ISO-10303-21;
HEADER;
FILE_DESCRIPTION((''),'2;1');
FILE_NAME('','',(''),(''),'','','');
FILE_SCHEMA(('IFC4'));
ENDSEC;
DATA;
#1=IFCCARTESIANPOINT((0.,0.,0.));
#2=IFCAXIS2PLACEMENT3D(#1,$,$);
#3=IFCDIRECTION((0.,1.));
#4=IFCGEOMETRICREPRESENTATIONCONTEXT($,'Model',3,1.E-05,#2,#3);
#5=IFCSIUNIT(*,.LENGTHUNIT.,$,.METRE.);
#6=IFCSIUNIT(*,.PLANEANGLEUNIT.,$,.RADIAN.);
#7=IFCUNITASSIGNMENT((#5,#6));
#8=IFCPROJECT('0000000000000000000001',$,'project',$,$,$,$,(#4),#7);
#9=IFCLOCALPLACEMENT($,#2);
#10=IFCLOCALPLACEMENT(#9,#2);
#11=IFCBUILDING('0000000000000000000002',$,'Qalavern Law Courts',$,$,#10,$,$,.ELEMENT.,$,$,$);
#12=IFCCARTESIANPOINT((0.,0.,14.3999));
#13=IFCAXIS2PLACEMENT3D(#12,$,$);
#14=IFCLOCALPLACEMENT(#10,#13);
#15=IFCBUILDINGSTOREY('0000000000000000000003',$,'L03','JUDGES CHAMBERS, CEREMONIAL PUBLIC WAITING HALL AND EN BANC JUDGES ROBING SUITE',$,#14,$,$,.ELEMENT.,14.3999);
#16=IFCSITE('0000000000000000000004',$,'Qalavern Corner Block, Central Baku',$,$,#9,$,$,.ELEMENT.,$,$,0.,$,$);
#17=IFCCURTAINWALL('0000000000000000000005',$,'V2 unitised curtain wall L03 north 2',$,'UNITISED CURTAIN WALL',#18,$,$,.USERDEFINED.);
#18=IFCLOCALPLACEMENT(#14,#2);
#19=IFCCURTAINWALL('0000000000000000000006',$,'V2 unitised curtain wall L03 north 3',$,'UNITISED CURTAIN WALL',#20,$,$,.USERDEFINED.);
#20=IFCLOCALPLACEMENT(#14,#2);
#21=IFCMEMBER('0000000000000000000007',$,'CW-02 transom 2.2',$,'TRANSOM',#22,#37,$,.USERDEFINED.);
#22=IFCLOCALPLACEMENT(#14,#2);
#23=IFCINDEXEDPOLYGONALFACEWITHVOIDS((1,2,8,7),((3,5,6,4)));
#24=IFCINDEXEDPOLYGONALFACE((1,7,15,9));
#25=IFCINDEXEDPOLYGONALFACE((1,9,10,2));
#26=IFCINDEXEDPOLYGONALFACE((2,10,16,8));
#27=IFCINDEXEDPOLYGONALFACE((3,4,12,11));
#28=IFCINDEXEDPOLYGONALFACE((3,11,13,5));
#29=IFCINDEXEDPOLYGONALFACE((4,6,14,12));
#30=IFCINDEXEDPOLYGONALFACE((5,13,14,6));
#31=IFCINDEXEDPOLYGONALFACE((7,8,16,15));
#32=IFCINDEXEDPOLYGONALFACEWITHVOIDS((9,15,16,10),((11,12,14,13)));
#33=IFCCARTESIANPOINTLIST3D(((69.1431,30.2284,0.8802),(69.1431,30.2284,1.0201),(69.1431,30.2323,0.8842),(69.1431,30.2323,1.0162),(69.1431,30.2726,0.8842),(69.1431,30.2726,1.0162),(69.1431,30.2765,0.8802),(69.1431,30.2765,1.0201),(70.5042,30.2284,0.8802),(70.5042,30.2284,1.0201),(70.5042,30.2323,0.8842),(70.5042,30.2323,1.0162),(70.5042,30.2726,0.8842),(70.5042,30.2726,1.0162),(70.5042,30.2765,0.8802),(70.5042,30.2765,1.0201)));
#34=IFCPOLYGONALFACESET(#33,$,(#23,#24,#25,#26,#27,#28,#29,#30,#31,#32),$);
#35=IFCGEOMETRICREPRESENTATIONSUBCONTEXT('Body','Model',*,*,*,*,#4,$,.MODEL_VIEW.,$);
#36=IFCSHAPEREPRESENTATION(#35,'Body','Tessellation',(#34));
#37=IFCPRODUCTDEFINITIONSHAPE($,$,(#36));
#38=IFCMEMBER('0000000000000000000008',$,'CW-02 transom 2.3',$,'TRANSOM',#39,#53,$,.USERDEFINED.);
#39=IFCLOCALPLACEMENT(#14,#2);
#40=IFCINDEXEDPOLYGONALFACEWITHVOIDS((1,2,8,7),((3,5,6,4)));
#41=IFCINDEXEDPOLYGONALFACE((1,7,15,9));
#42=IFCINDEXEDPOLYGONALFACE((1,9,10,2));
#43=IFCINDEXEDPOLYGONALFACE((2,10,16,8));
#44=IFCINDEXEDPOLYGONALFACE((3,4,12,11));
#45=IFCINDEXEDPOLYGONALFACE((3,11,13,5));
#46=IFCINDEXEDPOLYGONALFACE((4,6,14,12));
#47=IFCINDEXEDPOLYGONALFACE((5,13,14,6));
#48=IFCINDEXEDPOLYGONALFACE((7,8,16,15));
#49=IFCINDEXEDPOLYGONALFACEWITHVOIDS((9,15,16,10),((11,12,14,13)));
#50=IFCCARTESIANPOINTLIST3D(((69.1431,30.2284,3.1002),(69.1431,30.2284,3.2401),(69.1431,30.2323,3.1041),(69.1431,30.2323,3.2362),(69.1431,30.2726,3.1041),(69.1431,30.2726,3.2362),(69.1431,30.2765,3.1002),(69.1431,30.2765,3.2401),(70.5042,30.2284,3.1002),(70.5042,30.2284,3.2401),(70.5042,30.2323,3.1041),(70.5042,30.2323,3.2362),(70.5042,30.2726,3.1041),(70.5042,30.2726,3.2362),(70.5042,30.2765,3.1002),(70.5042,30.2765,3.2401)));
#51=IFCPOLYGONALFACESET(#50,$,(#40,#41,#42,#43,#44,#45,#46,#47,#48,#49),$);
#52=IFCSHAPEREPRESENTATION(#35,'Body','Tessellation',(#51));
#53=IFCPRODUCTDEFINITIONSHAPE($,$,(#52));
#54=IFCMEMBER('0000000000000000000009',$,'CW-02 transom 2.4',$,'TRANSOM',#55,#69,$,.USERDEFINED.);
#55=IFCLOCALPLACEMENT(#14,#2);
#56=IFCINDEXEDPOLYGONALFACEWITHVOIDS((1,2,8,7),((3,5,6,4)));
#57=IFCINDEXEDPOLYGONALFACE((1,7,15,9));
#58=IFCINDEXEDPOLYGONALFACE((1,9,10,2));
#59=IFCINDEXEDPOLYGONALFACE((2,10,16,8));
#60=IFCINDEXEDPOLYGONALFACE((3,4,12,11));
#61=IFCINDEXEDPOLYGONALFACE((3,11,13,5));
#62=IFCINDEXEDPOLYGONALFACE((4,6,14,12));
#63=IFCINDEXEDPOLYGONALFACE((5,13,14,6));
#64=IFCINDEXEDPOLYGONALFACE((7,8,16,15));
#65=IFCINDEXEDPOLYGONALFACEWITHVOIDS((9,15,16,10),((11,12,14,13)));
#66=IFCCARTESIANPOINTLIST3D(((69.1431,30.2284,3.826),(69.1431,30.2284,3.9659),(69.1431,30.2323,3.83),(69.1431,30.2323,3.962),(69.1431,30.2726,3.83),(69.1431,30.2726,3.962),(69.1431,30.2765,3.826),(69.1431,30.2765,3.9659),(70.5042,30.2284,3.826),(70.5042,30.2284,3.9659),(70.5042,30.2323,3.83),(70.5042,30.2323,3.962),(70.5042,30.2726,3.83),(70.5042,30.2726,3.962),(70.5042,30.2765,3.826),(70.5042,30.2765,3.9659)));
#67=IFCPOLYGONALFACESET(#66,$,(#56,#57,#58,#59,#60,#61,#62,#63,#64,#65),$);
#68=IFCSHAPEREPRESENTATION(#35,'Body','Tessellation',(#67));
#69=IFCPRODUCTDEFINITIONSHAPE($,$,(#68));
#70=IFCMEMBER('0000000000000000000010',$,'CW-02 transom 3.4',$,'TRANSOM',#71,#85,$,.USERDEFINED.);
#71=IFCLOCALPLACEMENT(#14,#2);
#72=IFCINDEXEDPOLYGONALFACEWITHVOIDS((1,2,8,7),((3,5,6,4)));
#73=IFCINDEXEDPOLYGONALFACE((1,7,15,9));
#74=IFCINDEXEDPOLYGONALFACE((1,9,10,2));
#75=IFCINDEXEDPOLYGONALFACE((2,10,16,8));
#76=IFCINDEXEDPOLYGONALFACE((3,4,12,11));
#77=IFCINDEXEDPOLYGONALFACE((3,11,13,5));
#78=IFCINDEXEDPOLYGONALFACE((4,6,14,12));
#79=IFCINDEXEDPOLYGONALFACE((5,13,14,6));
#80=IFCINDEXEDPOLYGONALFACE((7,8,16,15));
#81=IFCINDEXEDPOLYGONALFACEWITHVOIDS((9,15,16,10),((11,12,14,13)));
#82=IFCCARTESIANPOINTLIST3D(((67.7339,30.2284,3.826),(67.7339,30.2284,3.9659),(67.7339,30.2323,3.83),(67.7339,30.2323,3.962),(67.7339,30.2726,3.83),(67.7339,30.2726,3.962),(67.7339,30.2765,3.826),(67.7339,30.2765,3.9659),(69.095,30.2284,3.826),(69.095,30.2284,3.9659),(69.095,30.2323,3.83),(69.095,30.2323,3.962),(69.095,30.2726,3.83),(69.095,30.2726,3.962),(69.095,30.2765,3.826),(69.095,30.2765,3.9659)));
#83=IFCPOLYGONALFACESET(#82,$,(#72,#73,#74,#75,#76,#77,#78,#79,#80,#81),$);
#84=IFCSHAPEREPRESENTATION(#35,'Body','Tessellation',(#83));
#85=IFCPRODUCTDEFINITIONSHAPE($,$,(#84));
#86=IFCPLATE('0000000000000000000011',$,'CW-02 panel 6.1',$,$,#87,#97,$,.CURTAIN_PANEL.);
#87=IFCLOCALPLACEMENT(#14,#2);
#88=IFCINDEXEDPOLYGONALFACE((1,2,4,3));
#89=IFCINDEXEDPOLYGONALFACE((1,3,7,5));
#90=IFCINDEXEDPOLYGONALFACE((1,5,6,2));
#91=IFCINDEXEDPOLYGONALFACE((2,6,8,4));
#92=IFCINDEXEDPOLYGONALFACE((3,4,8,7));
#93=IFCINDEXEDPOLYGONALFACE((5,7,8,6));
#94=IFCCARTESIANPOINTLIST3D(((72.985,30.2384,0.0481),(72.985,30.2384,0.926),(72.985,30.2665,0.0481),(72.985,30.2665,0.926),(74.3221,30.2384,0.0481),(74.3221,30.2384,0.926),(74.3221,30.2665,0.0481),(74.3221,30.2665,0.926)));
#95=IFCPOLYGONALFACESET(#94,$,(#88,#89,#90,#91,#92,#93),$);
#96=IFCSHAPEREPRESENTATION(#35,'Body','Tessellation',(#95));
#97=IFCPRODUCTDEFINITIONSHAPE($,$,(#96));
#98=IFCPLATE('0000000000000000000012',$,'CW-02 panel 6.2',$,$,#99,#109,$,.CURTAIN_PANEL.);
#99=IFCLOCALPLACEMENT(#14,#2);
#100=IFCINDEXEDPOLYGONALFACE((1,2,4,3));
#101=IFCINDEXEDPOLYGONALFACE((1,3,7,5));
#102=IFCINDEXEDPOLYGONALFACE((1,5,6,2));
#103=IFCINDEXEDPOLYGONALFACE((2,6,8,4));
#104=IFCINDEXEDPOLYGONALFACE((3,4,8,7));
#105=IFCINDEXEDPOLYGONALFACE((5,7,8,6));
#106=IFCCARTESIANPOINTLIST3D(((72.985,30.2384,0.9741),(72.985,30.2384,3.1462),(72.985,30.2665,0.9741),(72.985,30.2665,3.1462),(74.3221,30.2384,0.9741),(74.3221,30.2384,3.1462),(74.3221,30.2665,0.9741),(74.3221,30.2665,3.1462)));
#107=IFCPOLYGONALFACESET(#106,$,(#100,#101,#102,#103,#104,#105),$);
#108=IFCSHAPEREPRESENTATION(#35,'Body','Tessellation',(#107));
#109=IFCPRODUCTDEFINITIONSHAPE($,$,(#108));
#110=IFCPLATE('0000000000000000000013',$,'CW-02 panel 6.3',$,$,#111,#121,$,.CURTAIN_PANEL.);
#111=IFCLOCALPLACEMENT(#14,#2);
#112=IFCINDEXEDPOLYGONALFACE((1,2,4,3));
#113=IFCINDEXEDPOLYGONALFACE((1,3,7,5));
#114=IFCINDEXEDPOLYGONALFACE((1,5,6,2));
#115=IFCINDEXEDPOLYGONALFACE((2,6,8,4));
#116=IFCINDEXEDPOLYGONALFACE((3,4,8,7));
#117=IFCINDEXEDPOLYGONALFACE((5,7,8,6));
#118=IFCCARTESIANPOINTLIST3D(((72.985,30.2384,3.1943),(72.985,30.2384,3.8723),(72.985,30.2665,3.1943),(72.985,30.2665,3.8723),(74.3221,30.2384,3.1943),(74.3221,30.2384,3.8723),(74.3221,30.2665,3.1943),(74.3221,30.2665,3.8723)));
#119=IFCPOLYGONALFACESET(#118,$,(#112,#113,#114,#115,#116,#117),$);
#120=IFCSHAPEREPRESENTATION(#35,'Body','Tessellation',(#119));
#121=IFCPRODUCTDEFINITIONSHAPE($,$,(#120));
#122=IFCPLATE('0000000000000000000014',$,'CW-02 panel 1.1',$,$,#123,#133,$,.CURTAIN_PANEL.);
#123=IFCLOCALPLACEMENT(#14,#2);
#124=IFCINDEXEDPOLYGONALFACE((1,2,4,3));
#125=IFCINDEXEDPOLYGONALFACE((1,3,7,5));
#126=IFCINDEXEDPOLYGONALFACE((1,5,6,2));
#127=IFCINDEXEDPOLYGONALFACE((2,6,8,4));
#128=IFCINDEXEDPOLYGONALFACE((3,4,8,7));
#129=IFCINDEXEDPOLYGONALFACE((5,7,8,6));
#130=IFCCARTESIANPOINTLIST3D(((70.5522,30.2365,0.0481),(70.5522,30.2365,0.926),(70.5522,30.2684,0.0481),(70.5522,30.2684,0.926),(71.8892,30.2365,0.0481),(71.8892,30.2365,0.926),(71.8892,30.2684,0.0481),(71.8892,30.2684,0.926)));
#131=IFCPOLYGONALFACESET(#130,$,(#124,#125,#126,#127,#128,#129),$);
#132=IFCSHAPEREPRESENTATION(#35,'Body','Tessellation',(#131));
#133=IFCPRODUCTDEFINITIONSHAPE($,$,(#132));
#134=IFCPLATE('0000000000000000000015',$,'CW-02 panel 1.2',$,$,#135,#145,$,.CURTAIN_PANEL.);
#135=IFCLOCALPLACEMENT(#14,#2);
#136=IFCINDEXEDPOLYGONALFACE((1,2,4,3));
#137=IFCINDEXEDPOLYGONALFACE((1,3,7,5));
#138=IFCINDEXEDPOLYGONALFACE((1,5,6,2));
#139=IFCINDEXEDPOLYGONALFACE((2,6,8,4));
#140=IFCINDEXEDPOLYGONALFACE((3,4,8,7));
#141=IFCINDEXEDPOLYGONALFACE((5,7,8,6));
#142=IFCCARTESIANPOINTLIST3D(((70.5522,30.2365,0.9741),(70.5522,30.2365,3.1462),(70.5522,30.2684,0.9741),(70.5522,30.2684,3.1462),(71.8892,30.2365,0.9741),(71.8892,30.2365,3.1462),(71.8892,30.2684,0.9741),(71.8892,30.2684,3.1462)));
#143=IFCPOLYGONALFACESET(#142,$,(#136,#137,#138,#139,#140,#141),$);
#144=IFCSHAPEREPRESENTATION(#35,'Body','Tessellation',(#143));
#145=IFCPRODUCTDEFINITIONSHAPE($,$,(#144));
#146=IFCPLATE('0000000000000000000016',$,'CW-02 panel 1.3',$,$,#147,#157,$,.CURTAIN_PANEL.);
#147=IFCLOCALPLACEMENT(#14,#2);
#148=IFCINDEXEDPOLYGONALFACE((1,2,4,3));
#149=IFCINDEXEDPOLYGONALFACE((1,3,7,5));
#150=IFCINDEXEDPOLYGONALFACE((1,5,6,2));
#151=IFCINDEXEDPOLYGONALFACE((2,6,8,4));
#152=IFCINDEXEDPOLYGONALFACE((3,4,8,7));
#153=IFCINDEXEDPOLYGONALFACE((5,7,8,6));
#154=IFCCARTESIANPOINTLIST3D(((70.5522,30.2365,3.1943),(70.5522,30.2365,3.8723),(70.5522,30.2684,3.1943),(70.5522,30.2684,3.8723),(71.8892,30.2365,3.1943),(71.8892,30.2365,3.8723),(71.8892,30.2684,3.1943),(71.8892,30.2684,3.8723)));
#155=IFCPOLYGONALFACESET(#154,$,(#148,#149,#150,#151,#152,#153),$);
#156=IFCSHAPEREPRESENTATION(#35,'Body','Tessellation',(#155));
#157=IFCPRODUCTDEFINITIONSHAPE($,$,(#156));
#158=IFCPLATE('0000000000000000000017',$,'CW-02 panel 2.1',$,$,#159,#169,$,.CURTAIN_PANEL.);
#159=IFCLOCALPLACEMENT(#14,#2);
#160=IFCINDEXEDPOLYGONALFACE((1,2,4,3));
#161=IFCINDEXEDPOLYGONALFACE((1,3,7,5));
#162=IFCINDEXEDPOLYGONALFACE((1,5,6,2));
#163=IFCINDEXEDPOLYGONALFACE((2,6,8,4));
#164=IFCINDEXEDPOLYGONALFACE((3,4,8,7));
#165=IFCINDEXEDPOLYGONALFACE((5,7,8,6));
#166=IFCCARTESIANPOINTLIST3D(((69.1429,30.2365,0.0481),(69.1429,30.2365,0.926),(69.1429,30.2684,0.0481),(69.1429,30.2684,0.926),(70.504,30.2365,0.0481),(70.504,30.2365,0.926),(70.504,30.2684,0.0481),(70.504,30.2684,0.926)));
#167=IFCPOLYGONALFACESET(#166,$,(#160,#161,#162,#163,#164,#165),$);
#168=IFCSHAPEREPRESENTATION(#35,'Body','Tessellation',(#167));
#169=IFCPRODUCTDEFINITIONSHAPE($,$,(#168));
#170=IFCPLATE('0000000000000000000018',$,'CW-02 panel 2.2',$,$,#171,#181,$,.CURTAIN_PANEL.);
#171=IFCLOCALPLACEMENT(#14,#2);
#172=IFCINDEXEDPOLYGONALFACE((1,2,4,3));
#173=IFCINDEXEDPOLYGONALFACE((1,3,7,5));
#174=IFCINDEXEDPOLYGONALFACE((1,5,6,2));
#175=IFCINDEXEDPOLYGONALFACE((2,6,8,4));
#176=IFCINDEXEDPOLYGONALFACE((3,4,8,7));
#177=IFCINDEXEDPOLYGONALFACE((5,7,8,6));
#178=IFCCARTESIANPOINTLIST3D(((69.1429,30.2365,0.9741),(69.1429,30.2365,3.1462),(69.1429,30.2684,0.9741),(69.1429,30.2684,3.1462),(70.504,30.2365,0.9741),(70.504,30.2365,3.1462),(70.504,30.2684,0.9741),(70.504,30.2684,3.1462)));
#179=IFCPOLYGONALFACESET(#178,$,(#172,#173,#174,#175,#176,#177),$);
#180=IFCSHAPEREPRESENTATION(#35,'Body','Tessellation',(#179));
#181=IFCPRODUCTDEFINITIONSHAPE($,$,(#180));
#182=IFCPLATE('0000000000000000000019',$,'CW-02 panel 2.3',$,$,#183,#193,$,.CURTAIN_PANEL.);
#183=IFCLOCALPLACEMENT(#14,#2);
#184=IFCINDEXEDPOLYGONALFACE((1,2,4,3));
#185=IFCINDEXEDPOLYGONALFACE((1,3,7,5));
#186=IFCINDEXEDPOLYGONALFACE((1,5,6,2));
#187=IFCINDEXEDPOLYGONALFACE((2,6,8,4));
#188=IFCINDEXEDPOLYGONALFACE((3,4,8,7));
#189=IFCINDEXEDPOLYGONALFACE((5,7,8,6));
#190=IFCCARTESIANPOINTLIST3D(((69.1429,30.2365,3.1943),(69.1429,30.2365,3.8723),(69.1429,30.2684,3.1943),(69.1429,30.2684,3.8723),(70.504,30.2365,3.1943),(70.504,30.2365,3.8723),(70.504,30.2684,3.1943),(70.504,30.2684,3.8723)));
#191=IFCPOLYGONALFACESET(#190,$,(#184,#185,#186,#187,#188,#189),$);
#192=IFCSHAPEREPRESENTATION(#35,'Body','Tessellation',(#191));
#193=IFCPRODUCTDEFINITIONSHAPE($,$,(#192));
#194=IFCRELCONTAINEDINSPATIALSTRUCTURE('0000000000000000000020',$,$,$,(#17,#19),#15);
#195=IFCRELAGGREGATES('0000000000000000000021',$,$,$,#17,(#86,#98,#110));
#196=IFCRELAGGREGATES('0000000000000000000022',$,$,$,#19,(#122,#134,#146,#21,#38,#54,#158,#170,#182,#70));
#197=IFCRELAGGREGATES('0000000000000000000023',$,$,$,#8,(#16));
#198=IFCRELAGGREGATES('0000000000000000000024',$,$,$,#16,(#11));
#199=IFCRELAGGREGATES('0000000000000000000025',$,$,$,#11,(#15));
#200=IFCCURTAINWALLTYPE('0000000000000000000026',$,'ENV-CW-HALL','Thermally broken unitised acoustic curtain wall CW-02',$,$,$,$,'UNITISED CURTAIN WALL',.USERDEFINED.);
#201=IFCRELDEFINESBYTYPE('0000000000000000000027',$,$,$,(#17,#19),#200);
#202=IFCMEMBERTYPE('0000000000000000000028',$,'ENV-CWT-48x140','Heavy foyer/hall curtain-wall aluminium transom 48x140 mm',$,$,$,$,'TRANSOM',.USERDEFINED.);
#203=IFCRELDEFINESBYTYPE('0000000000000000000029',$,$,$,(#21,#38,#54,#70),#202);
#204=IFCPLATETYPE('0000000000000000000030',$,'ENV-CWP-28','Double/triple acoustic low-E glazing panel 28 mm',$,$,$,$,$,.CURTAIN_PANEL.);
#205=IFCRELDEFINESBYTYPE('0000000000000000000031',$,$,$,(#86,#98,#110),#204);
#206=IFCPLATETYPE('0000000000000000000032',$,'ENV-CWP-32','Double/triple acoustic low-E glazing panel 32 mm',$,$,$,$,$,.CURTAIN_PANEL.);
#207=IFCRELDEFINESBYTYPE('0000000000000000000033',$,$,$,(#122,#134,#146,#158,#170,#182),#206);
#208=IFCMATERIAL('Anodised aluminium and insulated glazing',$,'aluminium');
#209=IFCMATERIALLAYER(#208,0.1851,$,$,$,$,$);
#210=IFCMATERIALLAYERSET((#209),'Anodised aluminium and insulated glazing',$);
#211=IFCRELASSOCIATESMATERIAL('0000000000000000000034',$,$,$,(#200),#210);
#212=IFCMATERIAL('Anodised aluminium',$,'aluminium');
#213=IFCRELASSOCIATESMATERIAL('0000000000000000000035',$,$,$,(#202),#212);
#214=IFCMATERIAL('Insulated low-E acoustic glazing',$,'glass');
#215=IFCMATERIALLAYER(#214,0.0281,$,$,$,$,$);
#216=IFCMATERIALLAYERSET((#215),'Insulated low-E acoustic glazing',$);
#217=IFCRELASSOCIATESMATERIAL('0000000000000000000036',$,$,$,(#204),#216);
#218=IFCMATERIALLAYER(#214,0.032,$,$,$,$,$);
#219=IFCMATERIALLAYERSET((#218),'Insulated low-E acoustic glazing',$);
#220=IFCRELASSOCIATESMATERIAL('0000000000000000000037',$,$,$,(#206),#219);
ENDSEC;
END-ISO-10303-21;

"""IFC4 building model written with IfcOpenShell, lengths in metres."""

from ifc_helpers import new_model, si_unit, direction, frame, origin, origin_2d, place, context, subcontext, project, spatial, rectangle, hollow_rectangle, extrude, material, layer, layer_set, material_profile, profile_set, type_object, element, aggregate, save


model = new_model("IFC4")

# Units and contexts
model_context = context("Model", 3, precision=1e-05, world=origin(), true_north=direction((0.0, 1.0)))
body_context = subcontext(model_context, "Body", "Model", "MODEL_VIEW")
ifc_project = project(units=[si_unit("LENGTHUNIT", "METRE"), si_unit("PLANEANGLEUNIT", "RADIAN")], contexts=[model_context])

# Site, building, storey
site_placement = place(None, origin())
site = spatial("IfcSite", under=ifc_project, at=site_placement, Name="Qalavern Corner Block, Central Baku", CompositionType="ELEMENT", RefElevation=0.0)
building_placement = place(site_placement, origin())
building = spatial("IfcBuilding", under=site, at=building_placement, Name="Qalavern Law Courts", CompositionType="ELEMENT")
storey_placement = place(building_placement, frame((0.0, 0.0, 14.3999)))
storey = spatial("IfcBuildingStorey", under=building, at=storey_placement, Name="L03", Description="JUDGES CHAMBERS, CEREMONIAL PUBLIC WAITING HALL AND EN BANC JUDGES ROBING SUITE", CompositionType="ELEMENT", Elevation=14.3999)

# Curtain wall
ifc_material_1 = material(Name="Anodised aluminium and insulated glazing", Category="aluminium")
ifc_layer_1 = layer(ifc_material_1, 0.1851)
ifc_layer_set_1 = layer_set([ifc_layer_1], Name="Anodised aluminium and insulated glazing")
curtain_wall_type = type_object("IfcCurtainWallType", Name="ENV-CW-HALL", Description="Thermally broken unitised acoustic curtain wall CW-02", ElementType="UNITISED CURTAIN WALL", PredefinedType="USERDEFINED", material=ifc_layer_set_1)
curtain_wall_1_placement = place(storey_placement, origin())
curtain_wall_1 = element("IfcCurtainWall", 1, at=curtain_wall_1_placement, inside=storey, type_object=curtain_wall_type, Name="V2 unitised curtain wall L03 north 2", ObjectType="UNITISED CURTAIN WALL", PredefinedType="USERDEFINED")
ifc_material_2 = material(Name="Anodised aluminium", Category="aluminium")

# Curtain wall
curtain_wall_2_placement = place(storey_placement, origin())
curtain_wall_2 = element("IfcCurtainWall", 2, at=curtain_wall_2_placement, inside=storey, type_object=curtain_wall_type, Name="V2 unitised curtain wall L03 north 3", ObjectType="UNITISED CURTAIN WALL", PredefinedType="USERDEFINED")

# Members
ifc_material_profile_1 = material_profile(ifc_material_2, hollow_rectangle(XDim=0.0481, YDim=0.1399, WallThickness=0.0039, at=origin_2d()), Name="ALU TRANSOM 48x140")
ifc_profile_set_1 = profile_set([ifc_material_profile_1], Name="Anodised aluminium")
member_type_1 = type_object("IfcMemberType", Name="ENV-CWT-48x140", Description="Heavy foyer/hall curtain-wall aluminium transom 48x140 mm", ElementType="TRANSOM", PredefinedType="USERDEFINED", material=ifc_profile_set_1)
member_1_placement = place(storey_placement, frame((70.5042, 30.2524, 0.9502), z_axis=(-1.0, 0.0, 0.0), x_axis=(0.0, -1.0, 0.0)))
member_1 = element("IfcMember", 3, at=member_1_placement, type_object=member_type_1, Name="CW-02 transom 2.2", ObjectType="TRANSOM", PredefinedType="USERDEFINED", context=body_context, shape_type="SweptSolid", body=[
    extrude(hollow_rectangle(XDim=0.0481, YDim=0.1399, WallThickness=0.0039, at=origin_2d()), origin(), (0.0, 0.0, 1.0), 1.3611),
])
member_2_placement = place(storey_placement, frame((70.5042, 30.2524, 3.1702), z_axis=(-1.0, 0.0, 0.0), x_axis=(0.0, -1.0, 0.0)))
member_2 = element("IfcMember", 4, at=member_2_placement, type_object=member_type_1, Name="CW-02 transom 2.3", ObjectType="TRANSOM", PredefinedType="USERDEFINED", context=body_context, shape_type="SweptSolid", body=[
    extrude(hollow_rectangle(XDim=0.0481, YDim=0.1399, WallThickness=0.0039, at=origin_2d()), origin(), (0.0, 0.0, 1.0), 1.3611),
])
member_3_placement = place(storey_placement, frame((70.5042, 30.2524, 3.896), z_axis=(-1.0, 0.0, 0.0), x_axis=(0.0, -1.0, 0.0)))
member_3 = element("IfcMember", 5, at=member_3_placement, type_object=member_type_1, Name="CW-02 transom 2.4", ObjectType="TRANSOM", PredefinedType="USERDEFINED", context=body_context, shape_type="SweptSolid", body=[
    extrude(hollow_rectangle(XDim=0.0481, YDim=0.1399, WallThickness=0.0039, at=origin_2d()), origin(), (0.0, 0.0, 1.0), 1.3611),
])
member_4_placement = place(storey_placement, frame((69.095, 30.2524, 3.896), z_axis=(-1.0, 0.0, 0.0), x_axis=(0.0, -1.0, 0.0)))
member_4 = element("IfcMember", 6, at=member_4_placement, type_object=member_type_1, Name="CW-02 transom 3.4", ObjectType="TRANSOM", PredefinedType="USERDEFINED", context=body_context, shape_type="SweptSolid", body=[
    extrude(hollow_rectangle(XDim=0.0481, YDim=0.1399, WallThickness=0.0039, at=origin_2d()), origin(), (0.0, 0.0, 1.0), 1.3611),
])

# Plates
ifc_material_3 = material(Name="Insulated low-E acoustic glazing", Category="glass")
ifc_layer_2 = layer(ifc_material_3, 0.0281)
ifc_layer_set_2 = layer_set([ifc_layer_2], Name="Insulated low-E acoustic glazing")
plate_type_1 = type_object("IfcPlateType", Name="ENV-CWP-28", Description="Double/triple acoustic low-E glazing panel 28 mm", PredefinedType="CURTAIN_PANEL", material=ifc_layer_set_2)
plate_1_placement = place(storey_placement, frame((73.6536, 30.2524, 0.0481), z_axis=(0.0, 0.0, 1.0), x_axis=(-1.0, 0.0, 0.0)))
plate_1 = element("IfcPlate", 7, at=plate_1_placement, type_object=plate_type_1, Name="CW-02 panel 6.1", PredefinedType="CURTAIN_PANEL", context=body_context, shape_type="SweptSolid", body=[
    extrude(rectangle(XDim=1.3372, YDim=0.0281, at=origin_2d()), origin(), (0.0, 0.0, 1.0), 0.8779),
])
plate_2_placement = place(storey_placement, frame((73.6536, 30.2524, 0.9741), z_axis=(0.0, 0.0, 1.0), x_axis=(-1.0, 0.0, 0.0)))
plate_2 = element("IfcPlate", 8, at=plate_2_placement, type_object=plate_type_1, Name="CW-02 panel 6.2", PredefinedType="CURTAIN_PANEL", context=body_context, shape_type="SweptSolid", body=[
    extrude(rectangle(XDim=1.3372, YDim=0.0281, at=origin_2d()), origin(), (0.0, 0.0, 1.0), 2.1721),
])
plate_3_placement = place(storey_placement, frame((73.6536, 30.2524, 3.1943), z_axis=(0.0, 0.0, 1.0), x_axis=(-1.0, 0.0, 0.0)))
plate_3 = element("IfcPlate", 9, at=plate_3_placement, type_object=plate_type_1, Name="CW-02 panel 6.3", PredefinedType="CURTAIN_PANEL", context=body_context, shape_type="SweptSolid", body=[
    extrude(rectangle(XDim=1.3372, YDim=0.0281, at=origin_2d()), origin(), (0.0, 0.0, 1.0), 0.678),
])
aggregate(curtain_wall_1, [plate_1, plate_2, plate_3])
ifc_layer_3 = layer(ifc_material_3, 0.032)
ifc_layer_set_3 = layer_set([ifc_layer_3], Name="Insulated low-E acoustic glazing")
plate_type_2 = type_object("IfcPlateType", Name="ENV-CWP-32", Description="Double/triple acoustic low-E glazing panel 32 mm", PredefinedType="CURTAIN_PANEL", material=ifc_layer_set_3)
plate_4_placement = place(storey_placement, frame((71.2207, 30.2524, 0.0481), z_axis=(0.0, 0.0, 1.0), x_axis=(-1.0, 0.0, 0.0)))
plate_4 = element("IfcPlate", 10, at=plate_4_placement, type_object=plate_type_2, Name="CW-02 panel 1.1", PredefinedType="CURTAIN_PANEL", context=body_context, shape_type="SweptSolid", body=[
    extrude(rectangle(XDim=1.3369, YDim=0.032, at=origin_2d()), origin(), (0.0, 0.0, 1.0), 0.8779),
])
plate_5_placement = place(storey_placement, frame((71.2207, 30.2524, 0.9741), z_axis=(0.0, 0.0, 1.0), x_axis=(-1.0, 0.0, 0.0)))
plate_5 = element("IfcPlate", 11, at=plate_5_placement, type_object=plate_type_2, Name="CW-02 panel 1.2", PredefinedType="CURTAIN_PANEL", context=body_context, shape_type="SweptSolid", body=[
    extrude(rectangle(XDim=1.3369, YDim=0.032, at=origin_2d()), origin(), (0.0, 0.0, 1.0), 2.1721),
])
plate_6_placement = place(storey_placement, frame((71.2207, 30.2524, 3.1943), z_axis=(0.0, 0.0, 1.0), x_axis=(-1.0, 0.0, 0.0)))
plate_6 = element("IfcPlate", 12, at=plate_6_placement, type_object=plate_type_2, Name="CW-02 panel 1.3", PredefinedType="CURTAIN_PANEL", context=body_context, shape_type="SweptSolid", body=[
    extrude(rectangle(XDim=1.3369, YDim=0.032, at=origin_2d()), origin(), (0.0, 0.0, 1.0), 0.678),
])
plate_7_placement = place(storey_placement, frame((69.8235, 30.2524, 0.0481), z_axis=(0.0, 0.0, 1.0), x_axis=(-1.0, 0.0, 0.0)))
plate_7 = element("IfcPlate", 13, at=plate_7_placement, type_object=plate_type_2, Name="CW-02 panel 2.1", PredefinedType="CURTAIN_PANEL", context=body_context, shape_type="SweptSolid", body=[
    extrude(rectangle(XDim=1.3611, YDim=0.032, at=origin_2d()), origin(), (0.0, 0.0, 1.0), 0.8779),
])
plate_8_placement = place(storey_placement, frame((69.8235, 30.2524, 0.9741), z_axis=(0.0, 0.0, 1.0), x_axis=(-1.0, 0.0, 0.0)))
plate_8 = element("IfcPlate", 14, at=plate_8_placement, type_object=plate_type_2, Name="CW-02 panel 2.2", PredefinedType="CURTAIN_PANEL", context=body_context, shape_type="SweptSolid", body=[
    extrude(rectangle(XDim=1.3611, YDim=0.032, at=origin_2d()), origin(), (0.0, 0.0, 1.0), 2.1721),
])
plate_9_placement = place(storey_placement, frame((69.8235, 30.2524, 3.1943), z_axis=(0.0, 0.0, 1.0), x_axis=(-1.0, 0.0, 0.0)))
plate_9 = element("IfcPlate", 15, at=plate_9_placement, type_object=plate_type_2, Name="CW-02 panel 2.3", PredefinedType="CURTAIN_PANEL", context=body_context, shape_type="SweptSolid", body=[
    extrude(rectangle(XDim=1.3611, YDim=0.032, at=origin_2d()), origin(), (0.0, 0.0, 1.0), 0.678),
])
aggregate(curtain_wall_2, [plate_4, plate_5, plate_6, member_1, member_2, member_3, plate_7, plate_8, plate_9, member_4])

save(model, "model.ifc")
